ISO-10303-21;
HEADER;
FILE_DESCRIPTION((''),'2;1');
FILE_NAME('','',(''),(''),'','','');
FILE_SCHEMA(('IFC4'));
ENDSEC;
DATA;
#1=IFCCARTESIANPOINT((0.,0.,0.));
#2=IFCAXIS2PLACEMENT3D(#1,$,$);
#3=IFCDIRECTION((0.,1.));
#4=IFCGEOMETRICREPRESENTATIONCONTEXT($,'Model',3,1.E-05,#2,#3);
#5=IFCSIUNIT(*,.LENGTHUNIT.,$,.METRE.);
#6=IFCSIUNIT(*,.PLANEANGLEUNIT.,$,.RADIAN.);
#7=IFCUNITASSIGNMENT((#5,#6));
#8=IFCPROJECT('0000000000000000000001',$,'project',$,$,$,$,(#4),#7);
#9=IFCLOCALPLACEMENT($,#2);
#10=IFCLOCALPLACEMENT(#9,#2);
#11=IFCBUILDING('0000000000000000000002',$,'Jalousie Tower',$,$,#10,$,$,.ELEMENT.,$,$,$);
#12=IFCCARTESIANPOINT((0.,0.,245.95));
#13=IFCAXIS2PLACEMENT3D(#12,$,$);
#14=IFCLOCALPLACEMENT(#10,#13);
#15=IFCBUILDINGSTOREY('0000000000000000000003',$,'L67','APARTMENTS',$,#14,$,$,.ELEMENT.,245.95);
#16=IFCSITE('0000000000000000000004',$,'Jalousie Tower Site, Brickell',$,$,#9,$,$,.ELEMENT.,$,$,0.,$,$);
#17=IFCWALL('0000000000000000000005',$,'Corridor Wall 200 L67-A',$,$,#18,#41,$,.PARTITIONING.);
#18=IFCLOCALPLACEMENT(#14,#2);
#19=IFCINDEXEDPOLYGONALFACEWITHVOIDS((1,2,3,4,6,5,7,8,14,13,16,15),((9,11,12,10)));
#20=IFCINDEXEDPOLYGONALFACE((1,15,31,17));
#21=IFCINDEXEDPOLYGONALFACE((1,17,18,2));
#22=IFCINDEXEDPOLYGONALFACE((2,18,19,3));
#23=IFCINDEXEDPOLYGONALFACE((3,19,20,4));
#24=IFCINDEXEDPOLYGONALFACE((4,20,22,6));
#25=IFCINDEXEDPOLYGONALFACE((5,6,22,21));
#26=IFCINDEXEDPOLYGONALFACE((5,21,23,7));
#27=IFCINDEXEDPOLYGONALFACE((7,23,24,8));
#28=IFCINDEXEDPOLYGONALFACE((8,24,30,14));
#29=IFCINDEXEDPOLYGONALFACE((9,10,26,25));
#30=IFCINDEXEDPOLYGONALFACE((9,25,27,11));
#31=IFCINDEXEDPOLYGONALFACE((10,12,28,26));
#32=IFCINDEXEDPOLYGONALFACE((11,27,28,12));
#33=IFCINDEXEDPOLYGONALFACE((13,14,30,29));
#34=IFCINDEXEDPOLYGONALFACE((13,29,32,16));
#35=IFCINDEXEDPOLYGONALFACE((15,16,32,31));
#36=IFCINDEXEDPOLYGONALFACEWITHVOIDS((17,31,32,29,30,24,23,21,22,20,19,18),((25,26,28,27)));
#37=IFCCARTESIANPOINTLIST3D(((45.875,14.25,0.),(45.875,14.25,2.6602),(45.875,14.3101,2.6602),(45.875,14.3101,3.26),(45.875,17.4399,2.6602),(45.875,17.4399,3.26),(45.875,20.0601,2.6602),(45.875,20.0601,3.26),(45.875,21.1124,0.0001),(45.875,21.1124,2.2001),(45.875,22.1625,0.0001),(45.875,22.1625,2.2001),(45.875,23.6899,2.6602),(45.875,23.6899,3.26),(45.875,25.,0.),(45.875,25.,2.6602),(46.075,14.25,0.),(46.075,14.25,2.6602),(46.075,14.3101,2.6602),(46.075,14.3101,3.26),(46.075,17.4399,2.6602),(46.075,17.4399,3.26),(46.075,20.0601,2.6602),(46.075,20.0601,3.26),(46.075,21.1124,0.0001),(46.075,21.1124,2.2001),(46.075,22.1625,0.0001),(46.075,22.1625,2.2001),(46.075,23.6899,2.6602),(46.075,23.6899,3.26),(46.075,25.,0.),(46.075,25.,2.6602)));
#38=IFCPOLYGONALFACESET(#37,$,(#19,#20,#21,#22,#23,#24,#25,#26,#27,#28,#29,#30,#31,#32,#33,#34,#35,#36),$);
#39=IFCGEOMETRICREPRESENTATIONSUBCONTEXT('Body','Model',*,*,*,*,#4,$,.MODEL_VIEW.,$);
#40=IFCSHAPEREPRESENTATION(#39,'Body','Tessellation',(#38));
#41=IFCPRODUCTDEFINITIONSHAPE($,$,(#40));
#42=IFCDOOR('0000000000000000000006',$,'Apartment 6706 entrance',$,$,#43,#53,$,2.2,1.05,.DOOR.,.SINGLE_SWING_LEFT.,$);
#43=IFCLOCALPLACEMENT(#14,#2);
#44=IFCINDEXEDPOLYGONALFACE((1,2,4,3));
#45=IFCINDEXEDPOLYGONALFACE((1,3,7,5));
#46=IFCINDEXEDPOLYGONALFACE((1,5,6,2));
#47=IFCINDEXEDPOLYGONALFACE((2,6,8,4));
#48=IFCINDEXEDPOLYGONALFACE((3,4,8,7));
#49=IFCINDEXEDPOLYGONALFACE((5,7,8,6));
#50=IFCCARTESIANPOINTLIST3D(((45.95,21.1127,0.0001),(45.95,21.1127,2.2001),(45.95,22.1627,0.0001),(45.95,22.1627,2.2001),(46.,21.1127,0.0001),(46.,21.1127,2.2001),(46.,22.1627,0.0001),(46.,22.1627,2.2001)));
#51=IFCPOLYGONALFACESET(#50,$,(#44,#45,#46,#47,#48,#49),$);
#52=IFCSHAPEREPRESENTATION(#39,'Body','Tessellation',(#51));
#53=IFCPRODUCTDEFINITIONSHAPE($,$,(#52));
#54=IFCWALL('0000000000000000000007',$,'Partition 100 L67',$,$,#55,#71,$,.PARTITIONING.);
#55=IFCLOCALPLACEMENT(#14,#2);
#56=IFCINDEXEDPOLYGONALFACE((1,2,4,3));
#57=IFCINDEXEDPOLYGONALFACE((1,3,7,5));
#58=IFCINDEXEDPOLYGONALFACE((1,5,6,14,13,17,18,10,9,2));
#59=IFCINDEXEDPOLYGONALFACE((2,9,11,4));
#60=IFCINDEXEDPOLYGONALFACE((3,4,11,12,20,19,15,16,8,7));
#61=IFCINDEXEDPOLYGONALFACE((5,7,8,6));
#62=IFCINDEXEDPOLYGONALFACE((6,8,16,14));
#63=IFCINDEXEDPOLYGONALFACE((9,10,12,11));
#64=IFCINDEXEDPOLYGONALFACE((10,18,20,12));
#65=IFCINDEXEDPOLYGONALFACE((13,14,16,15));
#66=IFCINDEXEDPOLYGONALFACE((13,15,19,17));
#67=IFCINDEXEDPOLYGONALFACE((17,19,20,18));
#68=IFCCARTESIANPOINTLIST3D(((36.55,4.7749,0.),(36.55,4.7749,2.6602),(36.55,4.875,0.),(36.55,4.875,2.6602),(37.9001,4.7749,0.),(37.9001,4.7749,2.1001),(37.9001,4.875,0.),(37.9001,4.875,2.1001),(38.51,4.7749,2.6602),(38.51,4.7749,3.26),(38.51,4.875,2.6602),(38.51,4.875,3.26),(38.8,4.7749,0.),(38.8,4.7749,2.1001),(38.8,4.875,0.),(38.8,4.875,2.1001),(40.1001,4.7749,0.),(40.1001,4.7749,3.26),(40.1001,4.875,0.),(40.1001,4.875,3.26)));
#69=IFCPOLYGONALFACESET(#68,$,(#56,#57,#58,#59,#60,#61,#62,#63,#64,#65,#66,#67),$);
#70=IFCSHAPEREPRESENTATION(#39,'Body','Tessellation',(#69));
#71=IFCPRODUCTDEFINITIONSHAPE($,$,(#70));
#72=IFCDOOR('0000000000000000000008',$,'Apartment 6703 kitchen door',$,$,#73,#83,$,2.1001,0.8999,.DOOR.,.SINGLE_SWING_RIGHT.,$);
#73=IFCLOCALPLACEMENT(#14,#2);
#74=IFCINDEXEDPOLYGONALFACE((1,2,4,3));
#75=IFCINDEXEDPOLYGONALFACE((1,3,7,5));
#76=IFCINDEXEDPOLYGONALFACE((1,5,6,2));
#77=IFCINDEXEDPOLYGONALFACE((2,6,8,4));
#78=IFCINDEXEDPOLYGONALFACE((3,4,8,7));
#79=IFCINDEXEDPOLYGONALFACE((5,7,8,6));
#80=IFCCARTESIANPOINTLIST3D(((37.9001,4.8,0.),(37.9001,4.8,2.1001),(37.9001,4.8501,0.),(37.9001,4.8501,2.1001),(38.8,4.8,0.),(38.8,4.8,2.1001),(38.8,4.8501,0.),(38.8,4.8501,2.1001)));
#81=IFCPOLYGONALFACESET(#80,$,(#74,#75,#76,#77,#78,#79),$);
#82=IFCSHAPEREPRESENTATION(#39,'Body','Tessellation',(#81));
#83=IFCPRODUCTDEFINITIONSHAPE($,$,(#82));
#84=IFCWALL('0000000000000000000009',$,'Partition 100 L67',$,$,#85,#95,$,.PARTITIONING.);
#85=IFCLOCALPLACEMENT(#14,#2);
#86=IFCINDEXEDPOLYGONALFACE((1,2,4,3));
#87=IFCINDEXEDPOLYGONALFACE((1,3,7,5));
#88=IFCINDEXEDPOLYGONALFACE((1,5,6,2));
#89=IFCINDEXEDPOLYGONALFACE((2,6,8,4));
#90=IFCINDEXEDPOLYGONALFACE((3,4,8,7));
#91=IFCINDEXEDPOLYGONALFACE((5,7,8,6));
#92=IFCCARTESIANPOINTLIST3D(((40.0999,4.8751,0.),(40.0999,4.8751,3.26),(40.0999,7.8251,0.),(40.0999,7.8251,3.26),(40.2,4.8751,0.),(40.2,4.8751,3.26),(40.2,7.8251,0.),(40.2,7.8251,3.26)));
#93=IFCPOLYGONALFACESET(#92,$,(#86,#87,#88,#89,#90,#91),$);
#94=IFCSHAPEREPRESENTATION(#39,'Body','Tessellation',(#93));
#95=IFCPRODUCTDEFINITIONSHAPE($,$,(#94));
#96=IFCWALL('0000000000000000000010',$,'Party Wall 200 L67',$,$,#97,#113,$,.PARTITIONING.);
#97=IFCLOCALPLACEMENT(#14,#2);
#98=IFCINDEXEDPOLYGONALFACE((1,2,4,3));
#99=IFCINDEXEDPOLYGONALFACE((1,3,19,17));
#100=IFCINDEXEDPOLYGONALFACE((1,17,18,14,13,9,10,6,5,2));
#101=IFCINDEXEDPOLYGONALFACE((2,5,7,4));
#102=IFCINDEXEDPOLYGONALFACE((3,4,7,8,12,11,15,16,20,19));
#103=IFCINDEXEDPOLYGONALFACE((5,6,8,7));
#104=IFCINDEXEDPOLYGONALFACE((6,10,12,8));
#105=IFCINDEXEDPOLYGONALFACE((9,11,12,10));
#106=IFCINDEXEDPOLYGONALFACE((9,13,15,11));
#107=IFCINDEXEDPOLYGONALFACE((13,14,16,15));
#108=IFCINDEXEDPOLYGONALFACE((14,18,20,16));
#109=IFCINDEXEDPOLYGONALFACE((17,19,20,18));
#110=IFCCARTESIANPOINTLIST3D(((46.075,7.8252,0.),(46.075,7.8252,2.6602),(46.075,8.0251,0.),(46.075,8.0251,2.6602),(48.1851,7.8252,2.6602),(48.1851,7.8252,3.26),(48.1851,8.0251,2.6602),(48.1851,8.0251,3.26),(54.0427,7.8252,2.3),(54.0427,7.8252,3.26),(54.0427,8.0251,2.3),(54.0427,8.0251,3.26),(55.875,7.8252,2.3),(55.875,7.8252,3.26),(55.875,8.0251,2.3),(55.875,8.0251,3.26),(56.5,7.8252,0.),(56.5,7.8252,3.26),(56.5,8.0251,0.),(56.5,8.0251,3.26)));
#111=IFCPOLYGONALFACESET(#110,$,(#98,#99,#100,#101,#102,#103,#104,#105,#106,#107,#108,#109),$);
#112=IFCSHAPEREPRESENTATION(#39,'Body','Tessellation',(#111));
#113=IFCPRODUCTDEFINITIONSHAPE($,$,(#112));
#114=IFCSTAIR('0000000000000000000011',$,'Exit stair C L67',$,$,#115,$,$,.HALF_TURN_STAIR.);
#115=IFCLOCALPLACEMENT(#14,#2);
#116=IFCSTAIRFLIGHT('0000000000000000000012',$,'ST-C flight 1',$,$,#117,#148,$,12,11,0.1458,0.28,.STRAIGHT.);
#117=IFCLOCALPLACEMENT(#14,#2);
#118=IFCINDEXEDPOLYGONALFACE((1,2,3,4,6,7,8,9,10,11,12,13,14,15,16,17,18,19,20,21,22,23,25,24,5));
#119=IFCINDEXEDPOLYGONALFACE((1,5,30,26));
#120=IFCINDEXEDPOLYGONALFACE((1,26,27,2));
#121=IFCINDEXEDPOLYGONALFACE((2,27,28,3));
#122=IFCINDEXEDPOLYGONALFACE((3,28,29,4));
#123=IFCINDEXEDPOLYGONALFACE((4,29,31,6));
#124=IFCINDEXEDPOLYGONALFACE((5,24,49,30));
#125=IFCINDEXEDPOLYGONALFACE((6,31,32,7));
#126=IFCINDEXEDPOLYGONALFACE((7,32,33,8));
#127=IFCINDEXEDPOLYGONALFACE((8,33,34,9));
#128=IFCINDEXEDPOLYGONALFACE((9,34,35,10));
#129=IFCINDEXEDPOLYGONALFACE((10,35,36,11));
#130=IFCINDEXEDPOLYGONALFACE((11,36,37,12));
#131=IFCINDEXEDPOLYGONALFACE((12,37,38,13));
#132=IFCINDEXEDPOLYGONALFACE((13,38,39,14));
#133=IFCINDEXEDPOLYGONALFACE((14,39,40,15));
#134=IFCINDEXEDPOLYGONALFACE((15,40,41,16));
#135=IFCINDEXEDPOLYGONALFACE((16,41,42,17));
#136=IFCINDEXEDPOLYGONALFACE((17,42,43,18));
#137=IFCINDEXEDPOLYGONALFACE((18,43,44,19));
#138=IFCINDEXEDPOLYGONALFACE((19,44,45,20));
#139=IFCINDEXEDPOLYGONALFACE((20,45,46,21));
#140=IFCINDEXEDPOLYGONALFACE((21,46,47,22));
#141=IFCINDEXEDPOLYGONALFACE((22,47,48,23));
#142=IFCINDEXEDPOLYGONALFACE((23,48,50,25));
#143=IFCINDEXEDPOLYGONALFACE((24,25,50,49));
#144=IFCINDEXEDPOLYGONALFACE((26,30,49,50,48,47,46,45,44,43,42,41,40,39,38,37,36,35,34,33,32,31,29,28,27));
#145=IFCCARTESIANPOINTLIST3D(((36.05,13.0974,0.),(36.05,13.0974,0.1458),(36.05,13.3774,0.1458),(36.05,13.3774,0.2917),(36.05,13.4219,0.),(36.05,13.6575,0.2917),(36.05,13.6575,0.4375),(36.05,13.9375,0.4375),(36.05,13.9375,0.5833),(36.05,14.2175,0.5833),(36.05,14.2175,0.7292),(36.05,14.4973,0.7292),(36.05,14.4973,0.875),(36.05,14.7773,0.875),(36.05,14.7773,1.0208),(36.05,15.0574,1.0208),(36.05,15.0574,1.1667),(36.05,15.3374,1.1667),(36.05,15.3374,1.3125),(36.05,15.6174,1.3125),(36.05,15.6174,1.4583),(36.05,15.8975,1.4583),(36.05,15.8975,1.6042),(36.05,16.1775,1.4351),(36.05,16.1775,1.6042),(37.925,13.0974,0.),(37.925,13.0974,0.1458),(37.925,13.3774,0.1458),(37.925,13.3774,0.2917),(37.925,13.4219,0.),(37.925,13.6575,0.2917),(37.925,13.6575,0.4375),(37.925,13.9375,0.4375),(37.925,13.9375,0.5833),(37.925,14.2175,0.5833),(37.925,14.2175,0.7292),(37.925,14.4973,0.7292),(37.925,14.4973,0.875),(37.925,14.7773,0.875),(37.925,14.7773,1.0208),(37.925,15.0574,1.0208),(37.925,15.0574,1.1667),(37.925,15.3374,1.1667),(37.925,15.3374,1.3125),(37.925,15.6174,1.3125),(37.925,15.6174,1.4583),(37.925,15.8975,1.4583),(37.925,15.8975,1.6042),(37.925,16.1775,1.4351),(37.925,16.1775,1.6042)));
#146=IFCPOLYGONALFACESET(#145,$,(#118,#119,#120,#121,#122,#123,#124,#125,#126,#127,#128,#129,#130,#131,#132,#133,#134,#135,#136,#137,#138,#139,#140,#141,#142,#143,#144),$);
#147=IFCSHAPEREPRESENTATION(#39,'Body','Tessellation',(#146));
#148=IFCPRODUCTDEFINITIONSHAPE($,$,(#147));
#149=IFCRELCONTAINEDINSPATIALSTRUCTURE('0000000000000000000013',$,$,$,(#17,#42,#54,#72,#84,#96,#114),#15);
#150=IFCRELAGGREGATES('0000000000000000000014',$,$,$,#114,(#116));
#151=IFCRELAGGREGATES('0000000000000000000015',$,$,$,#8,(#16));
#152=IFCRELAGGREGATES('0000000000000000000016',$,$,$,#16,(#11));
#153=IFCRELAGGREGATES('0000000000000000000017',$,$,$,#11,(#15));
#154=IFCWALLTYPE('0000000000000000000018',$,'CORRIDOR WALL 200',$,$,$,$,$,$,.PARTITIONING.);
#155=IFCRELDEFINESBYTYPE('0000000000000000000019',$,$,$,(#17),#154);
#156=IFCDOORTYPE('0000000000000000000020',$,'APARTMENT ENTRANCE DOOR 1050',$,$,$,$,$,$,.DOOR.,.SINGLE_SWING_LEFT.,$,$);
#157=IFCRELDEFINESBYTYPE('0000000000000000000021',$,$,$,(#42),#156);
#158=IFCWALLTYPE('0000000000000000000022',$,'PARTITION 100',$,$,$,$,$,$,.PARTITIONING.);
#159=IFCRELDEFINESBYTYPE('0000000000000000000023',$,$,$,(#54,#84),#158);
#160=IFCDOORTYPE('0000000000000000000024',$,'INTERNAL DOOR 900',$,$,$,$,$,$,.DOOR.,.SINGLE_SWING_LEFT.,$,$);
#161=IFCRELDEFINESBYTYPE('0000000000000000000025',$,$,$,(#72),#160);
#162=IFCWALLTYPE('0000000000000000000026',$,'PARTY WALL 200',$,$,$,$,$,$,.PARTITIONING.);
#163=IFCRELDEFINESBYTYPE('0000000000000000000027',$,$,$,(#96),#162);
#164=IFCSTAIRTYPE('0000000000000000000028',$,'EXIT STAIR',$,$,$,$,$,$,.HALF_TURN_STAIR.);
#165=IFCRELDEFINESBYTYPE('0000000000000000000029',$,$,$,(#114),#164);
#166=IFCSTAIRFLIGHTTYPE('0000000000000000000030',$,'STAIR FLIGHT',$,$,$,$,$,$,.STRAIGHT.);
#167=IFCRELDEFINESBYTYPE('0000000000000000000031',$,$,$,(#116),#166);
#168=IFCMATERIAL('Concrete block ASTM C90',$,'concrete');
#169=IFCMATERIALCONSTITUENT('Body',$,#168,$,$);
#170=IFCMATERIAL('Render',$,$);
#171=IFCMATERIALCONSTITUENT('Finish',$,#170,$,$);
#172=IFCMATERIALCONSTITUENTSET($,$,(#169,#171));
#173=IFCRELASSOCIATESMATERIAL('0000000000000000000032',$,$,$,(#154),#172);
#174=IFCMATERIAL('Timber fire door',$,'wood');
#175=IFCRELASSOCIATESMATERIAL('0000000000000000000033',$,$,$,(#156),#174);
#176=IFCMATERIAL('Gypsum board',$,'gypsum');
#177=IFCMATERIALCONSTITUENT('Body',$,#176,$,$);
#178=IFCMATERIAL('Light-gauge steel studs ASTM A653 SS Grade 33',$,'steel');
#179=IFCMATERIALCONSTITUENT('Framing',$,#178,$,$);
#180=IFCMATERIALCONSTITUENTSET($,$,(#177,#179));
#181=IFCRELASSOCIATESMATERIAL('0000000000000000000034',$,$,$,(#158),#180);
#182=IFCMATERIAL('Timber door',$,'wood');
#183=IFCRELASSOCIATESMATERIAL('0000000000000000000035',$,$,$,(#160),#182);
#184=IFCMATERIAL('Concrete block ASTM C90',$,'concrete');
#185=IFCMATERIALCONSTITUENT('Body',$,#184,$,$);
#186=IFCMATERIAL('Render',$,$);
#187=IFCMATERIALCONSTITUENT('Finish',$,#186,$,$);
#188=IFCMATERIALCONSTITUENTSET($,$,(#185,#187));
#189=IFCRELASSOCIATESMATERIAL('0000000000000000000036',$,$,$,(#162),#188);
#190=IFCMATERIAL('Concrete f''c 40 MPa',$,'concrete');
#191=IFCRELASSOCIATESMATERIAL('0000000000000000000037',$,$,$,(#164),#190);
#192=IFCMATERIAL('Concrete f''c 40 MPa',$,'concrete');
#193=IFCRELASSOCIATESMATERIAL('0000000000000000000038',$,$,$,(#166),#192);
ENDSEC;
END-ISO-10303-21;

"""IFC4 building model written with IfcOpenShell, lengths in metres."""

from ifc_helpers import new_model, si_unit, direction, frame, frame_2d, origin, place, context, subcontext, project, spatial, polyline, rectangle, outline, extrude, material, constituent, constituent_set, type_object, element, fill, aggregate, save


model = new_model("IFC4")

# Units and contexts
model_context = context("Model", 3, precision=1e-05, world=origin(), true_north=direction((0.0, 1.0)))
body_context = subcontext(model_context, "Body", "Model", "MODEL_VIEW")
ifc_project = project(units=[si_unit("LENGTHUNIT", "METRE"), si_unit("PLANEANGLEUNIT", "RADIAN")], contexts=[model_context])

# Site, building, storey
site_placement = place(None, origin())
site = spatial("IfcSite", under=ifc_project, at=site_placement, Name="Jalousie Tower Site, Brickell", CompositionType="ELEMENT", RefElevation=0.0)
building_placement = place(site_placement, origin())
building = spatial("IfcBuilding", under=site, at=building_placement, Name="Jalousie Tower", CompositionType="ELEMENT")
storey_placement = place(building_placement, frame((0.0, 0.0, 245.95)))
storey = spatial("IfcBuildingStorey", under=building, at=storey_placement, Name="L67", Description="APARTMENTS", CompositionType="ELEMENT", Elevation=245.95)

# Walls, openings, doors
ifc_material_1 = material(Name="Concrete block ASTM C90", Category="concrete")
ifc_constituent_1 = constituent(ifc_material_1, Name="Body")
ifc_material_2 = material(Name="Render")
ifc_constituent_2 = constituent(ifc_material_2, Name="Finish")
ifc_constituent_set_1 = constituent_set(constituents=[ifc_constituent_1, ifc_constituent_2])
wall_type_1 = type_object("IfcWallType", Name="CORRIDOR WALL 200", PredefinedType="PARTITIONING", material=ifc_constituent_set_1)
ifc_material_3 = material(Name="Timber fire door", Category="wood")
door_type_1 = type_object("IfcDoorType", Name="APARTMENT ENTRANCE DOOR 1050", OperationType="SINGLE_SWING_LEFT", PredefinedType="DOOR", material=ifc_material_3)
wall_1_placement = place(storey_placement, frame((45.9751, 14.25, 0.0), z_axis=(0.0, 0.0, 1.0), x_axis=(0.0, 1.0, 0.0)))
wall_1 = element("IfcWall", 1, at=wall_1_placement, inside=storey, type_object=wall_type_1, Name="Corridor Wall 200 L67-A", PredefinedType="PARTITIONING", context=body_context, shape_type="SweptSolid", body=[
    extrude(outline(polyline([(0.0, 0.0), (10.75, 0.0), (10.75, 2.6602), (9.4399, 2.6602), (9.4399, 3.26), (5.8101, 3.26), (5.8101, 2.6602), (3.1899, 2.6602), (3.1899, 3.26), (0.0601, 3.26), (0.0601, 2.6602), (0.0, 2.6602), (0.0, 0.0)])), frame((0.0, 0.1001, 0.0), z_axis=(0.0, -1.0, 0.0), x_axis=(1.0, 0.0, 0.0)), (0.0, 0.0, 1.0), 0.2),
])
opening_1_placement = place(wall_1_placement, frame((6.8625, 0.0, 0.0)))
opening_1 = element("IfcOpeningElement", 2, at=opening_1_placement, cuts=wall_1, PredefinedType="OPENING", context=body_context, shape_type="SweptSolid", body=[
    extrude(rectangle(XDim=1.05, YDim=2.2, at=frame_2d((0.5249, 1.1001))), frame((0.0, 0.1099, 0.0), z_axis=(0.0, -1.0, 0.0), x_axis=(1.0, 0.0, 0.0)), (0.0, 0.0, 1.0), 0.22),
])
door_1_placement = place(opening_1_placement, frame((1.05, 0.0, 0.0), z_axis=(0.0, 0.0, 1.0), x_axis=(-1.0, 0.0, 0.0)))
door_1 = element("IfcDoor", 3, at=door_1_placement, inside=storey, type_object=door_type_1, Name="Apartment 6706 entrance", OperationType="SINGLE_SWING_LEFT", OverallHeight=2.2, OverallWidth=1.05, PredefinedType="DOOR", context=body_context, shape_type="SweptSolid", body=[
    extrude(rectangle(XDim=1.05, YDim=2.2, at=frame_2d((0.5249, 1.1001))), frame((0.0, 0.0249, 0.0), z_axis=(0.0, -1.0, 0.0), x_axis=(1.0, 0.0, 0.0)), (0.0, 0.0, 1.0), 0.05),
])
fill(opening_1, door_1)
ifc_material_4 = material(Name="Gypsum board", Category="gypsum")
ifc_constituent_3 = constituent(ifc_material_4, Name="Body")
ifc_material_5 = material(Name="Light-gauge steel studs ASTM A653 SS Grade 33", Category="steel")
ifc_constituent_4 = constituent(ifc_material_5, Name="Framing")
ifc_constituent_set_2 = constituent_set(constituents=[ifc_constituent_3, ifc_constituent_4])
wall_type_2 = type_object("IfcWallType", Name="PARTITION 100", PredefinedType="PARTITIONING", material=ifc_constituent_set_2)
wall_2_placement = place(storey_placement, frame((36.55, 4.825, 0.0), z_axis=(0.0, 0.0, 1.0), x_axis=(1.0, 0.0, 0.0)))
wall_2 = element("IfcWall", 4, at=wall_2_placement, inside=storey, type_object=wall_type_2, Name="Partition 100 L67", PredefinedType="PARTITIONING", context=body_context, shape_type="SweptSolid", body=[
    extrude(outline(polyline([(0.0, 0.0), (3.55, 0.0), (3.55, 3.26), (1.96, 3.26), (1.96, 2.6602), (0.0, 2.6602), (0.0, 3.26), (0.0, 0.0)])), frame((0.0, 0.05, 0.0), z_axis=(0.0, -1.0, 0.0), x_axis=(1.0, 0.0, 0.0)), (0.0, 0.0, 1.0), 0.1001),
])
opening_2_placement = place(wall_2_placement, frame((1.3501, 0.0, 0.0)))
opening_2 = element("IfcOpeningElement", 5, at=opening_2_placement, cuts=wall_2, PredefinedType="OPENING", context=body_context, shape_type="SweptSolid", body=[
    extrude(rectangle(XDim=0.8999, YDim=2.1001, at=frame_2d((0.45, 1.05))), frame((0.0, 0.0601, 0.0), z_axis=(0.0, -1.0, 0.0), x_axis=(1.0, 0.0, 0.0)), (0.0, 0.0, 1.0), 0.1201),
])
ifc_material_6 = material(Name="Timber door", Category="wood")
door_type_2 = type_object("IfcDoorType", Name="INTERNAL DOOR 900", OperationType="SINGLE_SWING_LEFT", PredefinedType="DOOR", material=ifc_material_6)
door_2_placement = place(opening_2_placement, frame((0.8999, 0.0, 0.0), z_axis=(0.0, 0.0, 1.0), x_axis=(-1.0, 0.0, 0.0)))
door_2 = element("IfcDoor", 6, at=door_2_placement, inside=storey, type_object=door_type_2, Name="Apartment 6703 kitchen door", OperationType="SINGLE_SWING_RIGHT", OverallHeight=2.1001, OverallWidth=0.8999, PredefinedType="DOOR", context=body_context, shape_type="SweptSolid", body=[
    extrude(rectangle(XDim=0.8999, YDim=2.1001, at=frame_2d((0.45, 1.05))), frame((0.0, 0.0249, 0.0), z_axis=(0.0, -1.0, 0.0), x_axis=(1.0, 0.0, 0.0)), (0.0, 0.0, 1.0), 0.05),
])
fill(opening_2, door_2)

# Walls
wall_3_placement = place(storey_placement, frame((40.1499, 4.875, 0.0), z_axis=(0.0, 0.0, 1.0), x_axis=(0.0, 1.0, 0.0)))
element("IfcWall", 7, at=wall_3_placement, inside=storey, type_object=wall_type_2, Name="Partition 100 L67", PredefinedType="PARTITIONING", context=body_context, shape_type="SweptSolid", body=[
    extrude(rectangle(XDim=2.95, YDim=0.1001, at=frame_2d((1.4751, 0.0))), origin(), (0.0, 0.0, 1.0), 3.26),
])
ifc_material_7 = material(Name="Concrete block ASTM C90", Category="concrete")
ifc_constituent_5 = constituent(ifc_material_7, Name="Body")
ifc_material_8 = material(Name="Render")
ifc_constituent_6 = constituent(ifc_material_8, Name="Finish")
ifc_constituent_set_3 = constituent_set(constituents=[ifc_constituent_5, ifc_constituent_6])
wall_type_3 = type_object("IfcWallType", Name="PARTY WALL 200", PredefinedType="PARTITIONING", material=ifc_constituent_set_3)
wall_4_placement = place(storey_placement, frame((46.075, 7.925, 0.0), z_axis=(0.0, 0.0, 1.0), x_axis=(1.0, 0.0, 0.0)))
element("IfcWall", 8, at=wall_4_placement, inside=storey, type_object=wall_type_3, Name="Party Wall 200 L67", PredefinedType="PARTITIONING", context=body_context, shape_type="SweptSolid", body=[
    extrude(outline(polyline([(0.0, 0.0), (10.425, 0.0), (10.425, 3.26), (9.8, 3.26), (9.8, 2.3), (7.9678, 2.3), (7.9678, 3.26), (2.1101, 3.26), (2.1101, 2.6602), (0.0, 2.6602), (0.0, 3.26), (0.0, 0.0)])), frame((0.0, 0.1001, 0.0), z_axis=(0.0, -1.0, 0.0), x_axis=(1.0, 0.0, 0.0)), (0.0, 0.0, 1.0), 0.2),
])

# Stair, stair flight
ifc_material_9 = material(Name="Concrete f'c 40 MPa", Category="concrete")
stair_type = type_object("IfcStairType", Name="EXIT STAIR", PredefinedType="HALF_TURN_STAIR", material=ifc_material_9)
stair_placement = place(storey_placement, origin())
stair = element("IfcStair", 9, at=stair_placement, inside=storey, type_object=stair_type, Name="Exit stair C L67", PredefinedType="HALF_TURN_STAIR")
ifc_material_10 = material(Name="Concrete f'c 40 MPa", Category="concrete")
stair_flight_type = type_object("IfcStairFlightType", Name="STAIR FLIGHT", PredefinedType="STRAIGHT", material=ifc_material_10)
stair_flight_1_placement = place(storey_placement, frame((36.9875, 13.0974, 0.0), z_axis=(0.0, 0.0, 1.0), x_axis=(0.0, 1.0, 0.0)))
stair_flight_1 = element("IfcStairFlight", 10, at=stair_flight_1_placement, type_object=stair_flight_type, Name="ST-C flight 1", NumberOfRisers=12, NumberOfTreads=11, PredefinedType="STRAIGHT", RiserHeight=0.1458, TreadLength=0.28, context=body_context, shape_type="SweptSolid", body=[
    extrude(outline(polyline([(0.0, 0.0), (0.0, 0.1458), (0.28, 0.1458), (0.28, 0.2917), (0.5601, 0.2917), (0.5601, 0.4375), (0.8401, 0.4375), (0.8401, 0.5833), (1.1201, 0.5833), (1.1201, 0.7292), (1.3999, 0.7292), (1.3999, 0.875), (1.6799, 0.875), (1.6799, 1.0208), (1.96, 1.0208), (1.96, 1.1667), (2.24, 1.1667), (2.24, 1.3125), (2.52, 1.3125), (2.52, 1.4583), (2.8, 1.4583), (2.8, 1.6042), (3.0801, 1.6042), (3.0801, 1.75), (3.0801, 1.4351), (0.3245, 0.0), (0.0, 0.0)])), frame((0.0, 0.9375, 0.0), z_axis=(0.0, -1.0, 0.0), x_axis=(1.0, 0.0, 0.0)), (0.0, 0.0, 1.0), 1.875),
])
aggregate(stair, [stair_flight_1])

save(model, "model.ifc")
